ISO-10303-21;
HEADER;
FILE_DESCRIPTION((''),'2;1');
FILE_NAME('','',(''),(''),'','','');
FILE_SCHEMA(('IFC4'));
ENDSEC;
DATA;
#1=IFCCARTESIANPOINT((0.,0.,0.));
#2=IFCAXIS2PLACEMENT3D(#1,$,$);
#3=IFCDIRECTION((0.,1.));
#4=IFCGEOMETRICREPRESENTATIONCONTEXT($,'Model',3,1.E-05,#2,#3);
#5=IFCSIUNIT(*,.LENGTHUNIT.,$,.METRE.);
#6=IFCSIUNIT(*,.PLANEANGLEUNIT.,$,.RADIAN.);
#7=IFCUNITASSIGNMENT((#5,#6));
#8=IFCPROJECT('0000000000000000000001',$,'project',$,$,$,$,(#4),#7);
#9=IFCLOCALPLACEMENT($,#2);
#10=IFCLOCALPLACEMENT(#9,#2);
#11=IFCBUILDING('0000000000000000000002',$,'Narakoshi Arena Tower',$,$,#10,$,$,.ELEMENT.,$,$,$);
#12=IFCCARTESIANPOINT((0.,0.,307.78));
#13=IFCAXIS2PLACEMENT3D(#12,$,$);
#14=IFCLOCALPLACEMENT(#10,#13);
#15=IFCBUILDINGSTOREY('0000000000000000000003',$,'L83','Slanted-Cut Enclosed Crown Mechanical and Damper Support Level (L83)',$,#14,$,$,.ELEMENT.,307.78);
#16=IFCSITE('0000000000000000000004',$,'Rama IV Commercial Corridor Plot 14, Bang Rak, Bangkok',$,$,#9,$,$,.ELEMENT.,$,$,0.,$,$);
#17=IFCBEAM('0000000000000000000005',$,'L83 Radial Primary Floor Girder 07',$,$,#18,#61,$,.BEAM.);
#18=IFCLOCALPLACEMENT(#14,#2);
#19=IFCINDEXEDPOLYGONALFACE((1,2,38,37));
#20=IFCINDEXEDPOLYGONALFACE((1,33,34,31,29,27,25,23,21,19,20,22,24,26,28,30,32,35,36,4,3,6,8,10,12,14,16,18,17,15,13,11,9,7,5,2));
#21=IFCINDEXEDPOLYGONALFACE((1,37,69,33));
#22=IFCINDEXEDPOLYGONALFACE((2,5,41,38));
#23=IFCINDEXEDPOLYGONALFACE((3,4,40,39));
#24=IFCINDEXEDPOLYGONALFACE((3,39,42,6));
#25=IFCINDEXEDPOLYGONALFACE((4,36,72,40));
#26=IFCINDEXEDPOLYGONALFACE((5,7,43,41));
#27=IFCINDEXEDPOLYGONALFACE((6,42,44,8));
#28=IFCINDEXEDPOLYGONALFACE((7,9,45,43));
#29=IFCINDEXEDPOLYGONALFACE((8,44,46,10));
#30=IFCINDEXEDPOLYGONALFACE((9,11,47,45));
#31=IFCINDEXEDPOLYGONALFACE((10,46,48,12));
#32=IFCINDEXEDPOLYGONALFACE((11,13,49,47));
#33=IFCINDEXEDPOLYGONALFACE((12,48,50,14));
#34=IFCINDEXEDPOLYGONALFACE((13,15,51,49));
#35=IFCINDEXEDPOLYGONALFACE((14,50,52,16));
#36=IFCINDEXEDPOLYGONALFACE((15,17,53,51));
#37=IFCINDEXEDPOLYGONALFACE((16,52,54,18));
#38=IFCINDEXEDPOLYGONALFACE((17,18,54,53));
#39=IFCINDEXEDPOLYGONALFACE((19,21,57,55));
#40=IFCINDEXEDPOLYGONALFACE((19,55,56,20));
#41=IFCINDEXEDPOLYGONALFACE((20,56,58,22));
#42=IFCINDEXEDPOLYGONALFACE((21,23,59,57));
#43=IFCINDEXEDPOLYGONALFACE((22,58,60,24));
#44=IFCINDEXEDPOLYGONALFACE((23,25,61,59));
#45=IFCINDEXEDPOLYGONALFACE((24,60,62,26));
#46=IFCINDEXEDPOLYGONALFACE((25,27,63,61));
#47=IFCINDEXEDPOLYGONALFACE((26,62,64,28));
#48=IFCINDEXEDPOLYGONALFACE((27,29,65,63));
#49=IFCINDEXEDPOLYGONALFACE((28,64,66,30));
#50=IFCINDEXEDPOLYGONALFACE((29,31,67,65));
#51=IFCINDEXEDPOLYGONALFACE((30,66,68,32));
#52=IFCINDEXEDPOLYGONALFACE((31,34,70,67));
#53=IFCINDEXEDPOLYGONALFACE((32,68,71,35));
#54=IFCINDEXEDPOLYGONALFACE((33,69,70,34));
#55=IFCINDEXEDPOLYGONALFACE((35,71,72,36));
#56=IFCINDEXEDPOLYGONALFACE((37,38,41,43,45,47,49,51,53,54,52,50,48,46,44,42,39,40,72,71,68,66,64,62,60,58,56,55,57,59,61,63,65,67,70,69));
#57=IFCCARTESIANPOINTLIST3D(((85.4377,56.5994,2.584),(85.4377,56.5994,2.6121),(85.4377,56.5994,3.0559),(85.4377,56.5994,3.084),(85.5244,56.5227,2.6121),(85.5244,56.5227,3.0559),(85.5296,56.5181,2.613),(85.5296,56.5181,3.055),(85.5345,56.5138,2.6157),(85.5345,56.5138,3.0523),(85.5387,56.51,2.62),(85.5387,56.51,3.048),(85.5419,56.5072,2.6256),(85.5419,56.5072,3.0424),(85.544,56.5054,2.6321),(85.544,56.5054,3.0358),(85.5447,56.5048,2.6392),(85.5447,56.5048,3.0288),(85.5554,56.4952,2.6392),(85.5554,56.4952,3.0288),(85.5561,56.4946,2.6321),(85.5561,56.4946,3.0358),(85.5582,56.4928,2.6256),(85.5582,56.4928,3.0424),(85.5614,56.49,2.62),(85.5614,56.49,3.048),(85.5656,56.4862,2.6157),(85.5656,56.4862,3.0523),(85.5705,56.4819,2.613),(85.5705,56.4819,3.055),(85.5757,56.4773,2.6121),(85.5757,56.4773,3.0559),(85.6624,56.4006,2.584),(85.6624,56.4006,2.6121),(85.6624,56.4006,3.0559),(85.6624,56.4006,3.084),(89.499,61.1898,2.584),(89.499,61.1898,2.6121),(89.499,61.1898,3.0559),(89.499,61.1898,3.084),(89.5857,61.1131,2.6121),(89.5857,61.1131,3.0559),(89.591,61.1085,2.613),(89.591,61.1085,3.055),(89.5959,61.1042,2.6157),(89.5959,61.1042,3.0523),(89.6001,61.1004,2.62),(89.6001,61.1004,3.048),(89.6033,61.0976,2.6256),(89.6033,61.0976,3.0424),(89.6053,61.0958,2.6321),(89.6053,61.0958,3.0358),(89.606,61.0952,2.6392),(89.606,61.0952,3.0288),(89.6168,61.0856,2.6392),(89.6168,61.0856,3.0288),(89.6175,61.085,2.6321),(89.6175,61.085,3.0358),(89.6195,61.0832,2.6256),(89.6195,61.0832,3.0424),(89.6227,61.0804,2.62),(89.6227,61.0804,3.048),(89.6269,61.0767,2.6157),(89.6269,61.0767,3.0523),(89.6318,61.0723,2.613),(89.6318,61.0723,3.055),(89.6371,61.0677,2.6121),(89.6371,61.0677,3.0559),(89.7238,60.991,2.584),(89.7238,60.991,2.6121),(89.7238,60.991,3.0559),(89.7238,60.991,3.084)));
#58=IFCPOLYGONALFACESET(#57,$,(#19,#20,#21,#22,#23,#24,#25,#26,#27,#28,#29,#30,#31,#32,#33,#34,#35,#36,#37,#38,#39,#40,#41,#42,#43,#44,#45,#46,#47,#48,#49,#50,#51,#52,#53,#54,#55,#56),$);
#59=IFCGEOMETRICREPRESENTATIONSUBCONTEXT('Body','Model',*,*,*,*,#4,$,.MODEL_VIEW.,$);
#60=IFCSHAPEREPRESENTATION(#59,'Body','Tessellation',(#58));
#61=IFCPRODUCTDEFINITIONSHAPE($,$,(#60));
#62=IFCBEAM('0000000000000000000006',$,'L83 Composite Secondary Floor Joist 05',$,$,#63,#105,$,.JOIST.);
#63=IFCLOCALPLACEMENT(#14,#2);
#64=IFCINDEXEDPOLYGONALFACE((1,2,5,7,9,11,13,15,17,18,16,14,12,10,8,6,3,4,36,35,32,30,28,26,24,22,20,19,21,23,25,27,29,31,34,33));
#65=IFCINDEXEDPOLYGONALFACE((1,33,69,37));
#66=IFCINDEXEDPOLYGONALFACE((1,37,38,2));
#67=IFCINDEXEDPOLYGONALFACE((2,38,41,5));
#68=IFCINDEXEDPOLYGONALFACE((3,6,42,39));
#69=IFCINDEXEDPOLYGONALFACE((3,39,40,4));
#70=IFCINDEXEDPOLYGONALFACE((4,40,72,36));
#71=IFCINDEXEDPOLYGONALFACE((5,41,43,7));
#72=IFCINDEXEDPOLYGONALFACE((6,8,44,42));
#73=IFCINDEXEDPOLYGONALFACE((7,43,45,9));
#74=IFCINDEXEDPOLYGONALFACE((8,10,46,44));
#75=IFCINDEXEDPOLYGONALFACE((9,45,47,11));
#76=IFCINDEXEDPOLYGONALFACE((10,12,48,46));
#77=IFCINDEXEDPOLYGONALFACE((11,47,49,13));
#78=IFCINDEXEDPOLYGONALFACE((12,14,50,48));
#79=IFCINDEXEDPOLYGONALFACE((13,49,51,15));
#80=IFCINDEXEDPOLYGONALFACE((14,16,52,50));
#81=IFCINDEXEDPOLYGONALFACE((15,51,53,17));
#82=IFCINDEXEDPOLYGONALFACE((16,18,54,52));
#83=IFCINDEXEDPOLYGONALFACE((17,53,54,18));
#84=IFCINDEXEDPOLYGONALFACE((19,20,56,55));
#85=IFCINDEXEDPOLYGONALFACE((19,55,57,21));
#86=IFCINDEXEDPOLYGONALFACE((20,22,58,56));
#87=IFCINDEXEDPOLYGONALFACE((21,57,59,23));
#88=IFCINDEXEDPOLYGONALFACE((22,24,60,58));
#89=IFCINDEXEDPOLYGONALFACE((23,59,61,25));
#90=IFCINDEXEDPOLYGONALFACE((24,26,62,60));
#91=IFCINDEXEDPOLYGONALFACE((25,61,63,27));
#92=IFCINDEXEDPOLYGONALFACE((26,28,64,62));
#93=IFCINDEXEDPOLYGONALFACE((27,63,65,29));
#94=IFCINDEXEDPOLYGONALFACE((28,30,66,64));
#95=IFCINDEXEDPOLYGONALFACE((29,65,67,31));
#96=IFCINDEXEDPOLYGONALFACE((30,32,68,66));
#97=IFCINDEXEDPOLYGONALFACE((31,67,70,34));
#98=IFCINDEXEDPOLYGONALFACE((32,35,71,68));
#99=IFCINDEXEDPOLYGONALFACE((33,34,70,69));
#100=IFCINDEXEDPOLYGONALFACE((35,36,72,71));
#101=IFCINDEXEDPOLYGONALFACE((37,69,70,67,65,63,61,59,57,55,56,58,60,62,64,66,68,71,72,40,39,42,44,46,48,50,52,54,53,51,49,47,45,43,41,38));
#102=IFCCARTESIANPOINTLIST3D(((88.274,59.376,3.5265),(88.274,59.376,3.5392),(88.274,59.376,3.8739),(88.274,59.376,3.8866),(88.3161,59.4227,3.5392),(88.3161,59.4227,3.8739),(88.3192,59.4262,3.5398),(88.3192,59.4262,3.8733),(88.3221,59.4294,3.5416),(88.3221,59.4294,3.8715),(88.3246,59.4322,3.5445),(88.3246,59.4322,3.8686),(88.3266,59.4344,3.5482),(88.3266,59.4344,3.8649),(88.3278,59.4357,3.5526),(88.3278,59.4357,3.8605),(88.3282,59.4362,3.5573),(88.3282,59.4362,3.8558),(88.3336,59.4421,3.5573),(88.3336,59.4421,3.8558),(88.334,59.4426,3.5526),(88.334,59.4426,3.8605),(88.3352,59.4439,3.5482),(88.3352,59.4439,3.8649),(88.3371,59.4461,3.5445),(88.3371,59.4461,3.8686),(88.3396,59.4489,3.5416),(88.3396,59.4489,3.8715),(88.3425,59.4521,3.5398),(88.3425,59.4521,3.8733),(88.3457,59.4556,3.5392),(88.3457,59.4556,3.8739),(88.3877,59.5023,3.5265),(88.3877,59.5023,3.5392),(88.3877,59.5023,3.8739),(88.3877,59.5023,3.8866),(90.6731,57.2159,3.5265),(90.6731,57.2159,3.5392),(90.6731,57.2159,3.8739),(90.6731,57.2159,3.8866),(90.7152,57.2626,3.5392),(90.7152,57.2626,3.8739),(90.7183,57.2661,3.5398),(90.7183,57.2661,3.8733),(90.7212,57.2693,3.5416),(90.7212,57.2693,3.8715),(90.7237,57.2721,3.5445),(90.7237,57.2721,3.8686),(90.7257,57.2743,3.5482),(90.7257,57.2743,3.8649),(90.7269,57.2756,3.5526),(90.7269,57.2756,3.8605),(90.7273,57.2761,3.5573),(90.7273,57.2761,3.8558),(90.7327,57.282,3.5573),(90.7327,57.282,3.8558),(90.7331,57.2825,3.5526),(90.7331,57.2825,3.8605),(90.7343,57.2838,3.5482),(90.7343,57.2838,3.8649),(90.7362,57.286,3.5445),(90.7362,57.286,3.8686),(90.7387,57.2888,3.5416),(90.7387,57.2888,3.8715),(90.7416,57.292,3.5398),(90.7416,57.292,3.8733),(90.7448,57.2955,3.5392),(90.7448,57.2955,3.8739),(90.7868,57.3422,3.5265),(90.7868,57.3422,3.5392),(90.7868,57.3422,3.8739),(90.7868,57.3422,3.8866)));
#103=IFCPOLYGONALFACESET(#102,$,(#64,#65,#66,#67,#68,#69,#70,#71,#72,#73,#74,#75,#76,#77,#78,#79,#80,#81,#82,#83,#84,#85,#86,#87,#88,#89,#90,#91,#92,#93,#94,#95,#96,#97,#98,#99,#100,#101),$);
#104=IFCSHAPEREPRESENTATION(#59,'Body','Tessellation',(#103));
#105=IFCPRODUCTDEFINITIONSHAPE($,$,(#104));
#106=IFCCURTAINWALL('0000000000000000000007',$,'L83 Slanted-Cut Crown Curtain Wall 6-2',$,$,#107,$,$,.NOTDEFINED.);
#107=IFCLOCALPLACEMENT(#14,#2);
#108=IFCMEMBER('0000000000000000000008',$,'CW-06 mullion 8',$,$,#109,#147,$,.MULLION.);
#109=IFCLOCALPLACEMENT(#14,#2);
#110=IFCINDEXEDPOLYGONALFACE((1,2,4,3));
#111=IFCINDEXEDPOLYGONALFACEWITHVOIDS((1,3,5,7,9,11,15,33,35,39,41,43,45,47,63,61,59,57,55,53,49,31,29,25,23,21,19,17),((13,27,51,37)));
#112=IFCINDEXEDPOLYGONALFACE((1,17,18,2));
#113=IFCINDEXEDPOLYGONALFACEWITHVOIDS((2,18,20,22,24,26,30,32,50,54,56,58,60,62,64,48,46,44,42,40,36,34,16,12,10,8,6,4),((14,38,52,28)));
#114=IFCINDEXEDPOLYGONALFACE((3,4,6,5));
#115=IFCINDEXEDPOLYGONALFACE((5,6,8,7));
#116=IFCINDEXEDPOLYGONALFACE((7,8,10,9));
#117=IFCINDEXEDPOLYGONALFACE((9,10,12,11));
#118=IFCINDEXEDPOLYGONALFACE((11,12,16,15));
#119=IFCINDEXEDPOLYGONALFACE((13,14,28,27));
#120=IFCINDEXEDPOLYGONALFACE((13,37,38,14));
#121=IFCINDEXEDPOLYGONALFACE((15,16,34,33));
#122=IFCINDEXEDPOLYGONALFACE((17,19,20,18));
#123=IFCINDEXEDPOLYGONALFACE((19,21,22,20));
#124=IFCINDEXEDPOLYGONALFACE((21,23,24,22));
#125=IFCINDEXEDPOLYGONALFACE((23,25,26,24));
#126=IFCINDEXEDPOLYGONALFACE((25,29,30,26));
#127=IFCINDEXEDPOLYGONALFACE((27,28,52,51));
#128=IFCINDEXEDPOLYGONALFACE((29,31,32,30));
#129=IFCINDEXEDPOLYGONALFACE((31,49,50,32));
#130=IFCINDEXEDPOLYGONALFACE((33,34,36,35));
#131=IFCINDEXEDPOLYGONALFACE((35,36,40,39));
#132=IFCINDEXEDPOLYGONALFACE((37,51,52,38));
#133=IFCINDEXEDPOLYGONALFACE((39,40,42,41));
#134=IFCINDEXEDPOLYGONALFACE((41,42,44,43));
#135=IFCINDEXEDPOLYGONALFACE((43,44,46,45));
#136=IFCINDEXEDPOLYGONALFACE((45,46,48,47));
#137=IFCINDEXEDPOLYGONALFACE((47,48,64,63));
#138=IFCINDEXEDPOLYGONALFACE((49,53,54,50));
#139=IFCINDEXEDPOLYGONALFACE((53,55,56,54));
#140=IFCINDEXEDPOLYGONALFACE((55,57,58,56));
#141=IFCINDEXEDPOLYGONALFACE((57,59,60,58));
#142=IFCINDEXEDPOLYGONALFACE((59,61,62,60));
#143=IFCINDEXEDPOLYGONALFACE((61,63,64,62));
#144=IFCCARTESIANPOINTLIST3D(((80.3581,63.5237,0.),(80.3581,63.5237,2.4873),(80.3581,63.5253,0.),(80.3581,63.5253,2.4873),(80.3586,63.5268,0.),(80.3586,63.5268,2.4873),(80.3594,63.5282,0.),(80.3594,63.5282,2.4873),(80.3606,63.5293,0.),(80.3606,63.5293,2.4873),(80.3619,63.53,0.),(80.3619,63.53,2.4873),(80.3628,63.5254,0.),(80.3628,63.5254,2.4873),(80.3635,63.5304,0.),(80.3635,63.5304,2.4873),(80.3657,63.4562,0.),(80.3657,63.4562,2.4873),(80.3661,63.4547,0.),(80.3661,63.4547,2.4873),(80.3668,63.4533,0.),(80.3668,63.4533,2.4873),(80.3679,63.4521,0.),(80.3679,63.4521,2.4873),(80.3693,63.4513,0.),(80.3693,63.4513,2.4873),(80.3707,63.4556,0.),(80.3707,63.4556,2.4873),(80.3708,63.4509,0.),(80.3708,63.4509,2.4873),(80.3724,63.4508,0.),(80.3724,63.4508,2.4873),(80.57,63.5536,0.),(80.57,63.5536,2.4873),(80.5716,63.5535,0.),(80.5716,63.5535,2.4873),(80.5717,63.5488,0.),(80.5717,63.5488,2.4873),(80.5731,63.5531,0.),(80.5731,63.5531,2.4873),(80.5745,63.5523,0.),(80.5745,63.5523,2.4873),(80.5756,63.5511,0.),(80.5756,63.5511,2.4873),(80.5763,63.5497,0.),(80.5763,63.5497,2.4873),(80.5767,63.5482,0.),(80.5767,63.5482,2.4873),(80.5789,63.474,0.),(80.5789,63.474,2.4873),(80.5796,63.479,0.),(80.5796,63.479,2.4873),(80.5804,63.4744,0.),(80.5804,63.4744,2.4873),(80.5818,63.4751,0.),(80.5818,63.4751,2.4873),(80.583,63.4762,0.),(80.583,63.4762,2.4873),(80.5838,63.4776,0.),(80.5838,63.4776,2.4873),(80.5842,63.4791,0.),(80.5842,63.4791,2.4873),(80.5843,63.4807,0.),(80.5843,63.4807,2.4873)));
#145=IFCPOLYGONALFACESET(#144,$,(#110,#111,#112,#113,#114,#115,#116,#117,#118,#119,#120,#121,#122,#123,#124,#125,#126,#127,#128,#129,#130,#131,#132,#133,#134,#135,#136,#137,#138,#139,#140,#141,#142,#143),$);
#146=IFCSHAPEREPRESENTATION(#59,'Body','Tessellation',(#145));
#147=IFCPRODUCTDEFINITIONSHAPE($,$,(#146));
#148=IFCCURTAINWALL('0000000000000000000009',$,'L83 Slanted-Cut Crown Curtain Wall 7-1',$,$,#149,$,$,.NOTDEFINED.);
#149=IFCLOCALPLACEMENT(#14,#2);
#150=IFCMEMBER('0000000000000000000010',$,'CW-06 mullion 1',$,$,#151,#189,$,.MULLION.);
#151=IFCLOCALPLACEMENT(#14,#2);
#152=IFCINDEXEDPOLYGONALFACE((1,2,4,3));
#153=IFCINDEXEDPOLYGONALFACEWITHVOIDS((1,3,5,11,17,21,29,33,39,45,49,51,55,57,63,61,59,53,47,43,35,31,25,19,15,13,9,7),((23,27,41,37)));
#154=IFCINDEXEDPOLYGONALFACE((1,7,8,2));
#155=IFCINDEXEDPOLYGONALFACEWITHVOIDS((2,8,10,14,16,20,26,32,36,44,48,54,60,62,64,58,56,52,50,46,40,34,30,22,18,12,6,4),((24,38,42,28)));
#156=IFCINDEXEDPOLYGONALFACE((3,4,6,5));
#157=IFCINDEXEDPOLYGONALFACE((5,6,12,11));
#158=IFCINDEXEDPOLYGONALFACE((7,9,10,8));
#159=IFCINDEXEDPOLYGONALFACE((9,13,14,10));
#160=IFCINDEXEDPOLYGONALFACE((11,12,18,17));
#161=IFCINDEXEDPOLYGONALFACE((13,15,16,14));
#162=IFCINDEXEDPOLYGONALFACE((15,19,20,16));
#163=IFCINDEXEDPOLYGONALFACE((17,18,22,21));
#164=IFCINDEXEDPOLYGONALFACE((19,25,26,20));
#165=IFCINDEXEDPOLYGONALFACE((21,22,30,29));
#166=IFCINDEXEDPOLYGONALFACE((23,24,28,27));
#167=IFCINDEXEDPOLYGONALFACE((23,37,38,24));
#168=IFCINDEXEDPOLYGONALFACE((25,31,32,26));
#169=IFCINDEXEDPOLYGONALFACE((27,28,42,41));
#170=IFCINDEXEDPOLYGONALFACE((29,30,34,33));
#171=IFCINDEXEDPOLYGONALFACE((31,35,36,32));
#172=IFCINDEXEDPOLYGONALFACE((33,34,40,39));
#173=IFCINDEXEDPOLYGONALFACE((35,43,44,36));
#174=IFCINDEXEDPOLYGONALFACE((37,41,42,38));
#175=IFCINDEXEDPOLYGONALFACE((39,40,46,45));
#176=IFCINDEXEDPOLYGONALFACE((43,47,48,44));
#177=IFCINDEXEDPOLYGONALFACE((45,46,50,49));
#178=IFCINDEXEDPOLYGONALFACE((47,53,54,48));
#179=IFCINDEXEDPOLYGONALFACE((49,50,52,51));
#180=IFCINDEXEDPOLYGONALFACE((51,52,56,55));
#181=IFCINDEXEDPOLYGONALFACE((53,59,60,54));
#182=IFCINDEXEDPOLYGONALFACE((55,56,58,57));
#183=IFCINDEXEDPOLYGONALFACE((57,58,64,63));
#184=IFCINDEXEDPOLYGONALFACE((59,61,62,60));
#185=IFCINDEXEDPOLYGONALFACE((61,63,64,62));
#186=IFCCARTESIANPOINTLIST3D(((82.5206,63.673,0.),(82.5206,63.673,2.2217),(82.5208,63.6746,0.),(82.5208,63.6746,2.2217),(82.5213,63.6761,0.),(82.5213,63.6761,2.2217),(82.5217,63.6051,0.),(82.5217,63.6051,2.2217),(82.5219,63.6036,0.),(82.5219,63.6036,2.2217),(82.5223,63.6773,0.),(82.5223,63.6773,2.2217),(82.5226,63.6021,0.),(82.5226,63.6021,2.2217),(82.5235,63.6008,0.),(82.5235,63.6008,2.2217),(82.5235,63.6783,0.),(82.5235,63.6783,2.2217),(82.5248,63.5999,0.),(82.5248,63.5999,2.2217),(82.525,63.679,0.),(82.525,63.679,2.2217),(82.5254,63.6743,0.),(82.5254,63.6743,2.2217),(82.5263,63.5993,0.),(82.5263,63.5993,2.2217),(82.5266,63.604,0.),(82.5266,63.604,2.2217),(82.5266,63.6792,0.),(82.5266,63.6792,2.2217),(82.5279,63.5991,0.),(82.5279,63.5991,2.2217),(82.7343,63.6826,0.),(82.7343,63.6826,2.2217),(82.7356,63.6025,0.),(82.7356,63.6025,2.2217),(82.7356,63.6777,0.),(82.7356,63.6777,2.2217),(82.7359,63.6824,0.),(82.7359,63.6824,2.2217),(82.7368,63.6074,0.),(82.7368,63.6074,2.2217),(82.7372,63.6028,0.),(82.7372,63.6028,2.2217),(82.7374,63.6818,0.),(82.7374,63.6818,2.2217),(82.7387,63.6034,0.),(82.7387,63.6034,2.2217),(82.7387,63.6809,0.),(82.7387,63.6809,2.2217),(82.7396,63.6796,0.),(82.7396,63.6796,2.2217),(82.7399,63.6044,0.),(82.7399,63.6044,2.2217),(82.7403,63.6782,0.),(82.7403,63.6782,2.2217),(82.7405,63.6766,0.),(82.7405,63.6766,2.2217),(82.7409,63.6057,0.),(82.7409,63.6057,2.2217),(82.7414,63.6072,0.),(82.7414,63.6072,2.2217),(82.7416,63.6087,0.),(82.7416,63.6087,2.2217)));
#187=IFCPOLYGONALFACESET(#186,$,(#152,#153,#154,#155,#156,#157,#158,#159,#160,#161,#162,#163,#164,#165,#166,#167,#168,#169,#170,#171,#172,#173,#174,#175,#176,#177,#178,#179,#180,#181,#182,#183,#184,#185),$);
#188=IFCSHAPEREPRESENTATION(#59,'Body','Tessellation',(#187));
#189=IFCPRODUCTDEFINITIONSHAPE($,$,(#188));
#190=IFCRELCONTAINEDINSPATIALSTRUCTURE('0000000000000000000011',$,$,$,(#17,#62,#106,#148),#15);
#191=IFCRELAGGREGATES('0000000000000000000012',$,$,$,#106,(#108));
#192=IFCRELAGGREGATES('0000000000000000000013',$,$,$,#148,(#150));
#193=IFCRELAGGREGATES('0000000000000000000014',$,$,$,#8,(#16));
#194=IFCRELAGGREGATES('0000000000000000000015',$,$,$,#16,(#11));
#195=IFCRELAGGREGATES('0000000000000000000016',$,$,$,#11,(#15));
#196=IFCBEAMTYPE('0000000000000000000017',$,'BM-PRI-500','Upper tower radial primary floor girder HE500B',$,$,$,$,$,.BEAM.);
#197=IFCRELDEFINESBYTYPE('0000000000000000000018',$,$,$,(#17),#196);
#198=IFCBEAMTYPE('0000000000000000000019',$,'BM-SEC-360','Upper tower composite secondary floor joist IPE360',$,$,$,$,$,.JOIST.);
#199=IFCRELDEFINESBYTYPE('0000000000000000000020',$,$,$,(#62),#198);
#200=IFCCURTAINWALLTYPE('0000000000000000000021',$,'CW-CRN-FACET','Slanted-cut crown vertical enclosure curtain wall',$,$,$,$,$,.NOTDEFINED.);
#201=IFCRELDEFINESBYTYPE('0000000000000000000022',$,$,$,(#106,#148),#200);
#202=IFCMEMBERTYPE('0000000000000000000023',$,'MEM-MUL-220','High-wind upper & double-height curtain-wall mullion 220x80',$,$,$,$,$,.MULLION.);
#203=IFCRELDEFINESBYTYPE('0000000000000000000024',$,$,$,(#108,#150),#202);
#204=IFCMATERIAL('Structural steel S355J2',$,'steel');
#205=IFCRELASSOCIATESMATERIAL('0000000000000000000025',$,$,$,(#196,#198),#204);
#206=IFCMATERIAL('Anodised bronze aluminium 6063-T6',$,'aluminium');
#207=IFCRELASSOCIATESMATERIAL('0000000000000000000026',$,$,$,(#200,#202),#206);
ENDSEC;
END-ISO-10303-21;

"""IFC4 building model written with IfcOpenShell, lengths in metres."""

from ifc_helpers import new_model, si_unit, direction, frame, origin, origin_2d, place, context, subcontext, project, spatial, hollow_rectangle, i_section, extrude, material, material_profile, profile_set, type_object, element, aggregate, save


model = new_model("IFC4")

# Units and contexts
model_context = context("Model", 3, precision=1e-05, world=origin(), true_north=direction((0.0, 1.0)))
body_context = subcontext(model_context, "Body", "Model", "MODEL_VIEW")
ifc_project = project(units=[si_unit("LENGTHUNIT", "METRE"), si_unit("PLANEANGLEUNIT", "RADIAN")], contexts=[model_context])

# Site, building, storey
site_placement = place(None, origin())
site = spatial("IfcSite", under=ifc_project, at=site_placement, Name="Rama IV Commercial Corridor Plot 14, Bang Rak, Bangkok", CompositionType="ELEMENT", RefElevation=0.0)
building_placement = place(site_placement, origin())
building = spatial("IfcBuilding", under=site, at=building_placement, Name="Narakoshi Arena Tower", CompositionType="ELEMENT")
storey_placement = place(building_placement, frame((0.0, 0.0, 307.78)))
storey = spatial("IfcBuildingStorey", under=building, at=storey_placement, Name="L83", Description="Slanted-Cut Enclosed Crown Mechanical and Damper Support Level (L83)", CompositionType="ELEMENT", Elevation=307.78)

# Shared definitions
ifc_material_1 = material(Name="Structural steel S355J2", Category="steel")

# Beams
ifc_material_profile_1 = material_profile(ifc_material_1, i_section(OverallWidth=0.3, OverallDepth=0.5, WebThickness=0.0144, FlangeThickness=0.0281, FilletRadius=0.0271, at=origin_2d()), Name="HE500B")
ifc_profile_set_1 = profile_set([ifc_material_profile_1], Name="Structural steel S355J2")
beam_type_1 = type_object("IfcBeamType", Name="BM-PRI-500", Description="Upper tower radial primary floor girder HE500B", PredefinedType="BEAM", material=ifc_profile_set_1)
beam_1_placement = place(storey_placement, frame((85.55, 56.5, 2.834), z_axis=(0.662629, 0.748948, 0.0), x_axis=(-0.748948, 0.662629, 0.0)))
element("IfcBeam", 1, at=beam_1_placement, inside=storey, type_object=beam_type_1, Name="L83 Radial Primary Floor Girder 07", PredefinedType="BEAM", context=body_context, shape_type="SweptSolid", body=[
    extrude(i_section(OverallWidth=0.3, OverallDepth=0.5, WebThickness=0.0144, FlangeThickness=0.0281, FilletRadius=0.0271, at=origin_2d()), origin(), (0.0, 0.0, 1.0), 6.1292),
])
ifc_material_profile_2 = material_profile(ifc_material_1, i_section(OverallWidth=0.1699, OverallDepth=0.3601, WebThickness=0.0081, FlangeThickness=0.0127, FilletRadius=0.0181, at=origin_2d()), Name="IPE360")
ifc_profile_set_2 = profile_set([ifc_material_profile_2], Name="Structural steel S355J2")
beam_type_2 = type_object("IfcBeamType", Name="BM-SEC-360", Description="Upper tower composite secondary floor joist IPE360", PredefinedType="JOIST", material=ifc_profile_set_2)
beam_2_placement = place(storey_placement, frame((90.73, 57.2791, 3.7065), z_axis=(-0.743155, 0.669119, 0.0), x_axis=(-0.669119, -0.743155, 0.0)))
element("IfcBeam", 2, at=beam_2_placement, inside=storey, type_object=beam_type_2, Name="L83 Composite Secondary Floor Joist 05", PredefinedType="JOIST", context=body_context, shape_type="SweptSolid", body=[
    extrude(i_section(OverallWidth=0.1699, OverallDepth=0.3601, WebThickness=0.0081, FlangeThickness=0.0127, FilletRadius=0.0181, at=origin_2d()), origin(), (0.0, 0.0, 1.0), 3.2283),
])

# Curtain wall, member
ifc_material_2 = material(Name="Anodised bronze aluminium 6063-T6", Category="aluminium")
curtain_wall_type = type_object("IfcCurtainWallType", Name="CW-CRN-FACET", Description="Slanted-cut crown vertical enclosure curtain wall", PredefinedType="NOTDEFINED", material=ifc_material_2)
curtain_wall_1_placement = place(storey_placement, origin())
curtain_wall_1 = element("IfcCurtainWall", 3, at=curtain_wall_1_placement, inside=storey, type_object=curtain_wall_type, Name="L83 Slanted-Cut Crown Curtain Wall 6-2", PredefinedType="NOTDEFINED")
ifc_material_profile_3 = material_profile(ifc_material_2, hollow_rectangle(XDim=0.0801, YDim=0.22, WallThickness=0.0049, OuterFilletRadius=0.0061, at=origin_2d()), Name="MUL220x80x5")
ifc_profile_set_3 = profile_set([ifc_material_profile_3], Name="Anodised bronze aluminium 6063-T6")
member_type_1 = type_object("IfcMemberType", Name="MEM-MUL-220", Description="High-wind upper & double-height curtain-wall mullion 220x80", PredefinedType="MULLION", material=ifc_profile_set_3)
member_1_placement = place(storey_placement, frame((80.4712, 63.5022, 0.0), z_axis=(0.0, 0.0, 1.0), x_axis=(-0.111395, 0.993776, 0.0)))
member_1 = element("IfcMember", 4, at=member_1_placement, type_object=member_type_1, Name="CW-06 mullion 8", PredefinedType="MULLION", context=body_context, shape_type="SweptSolid", body=[
    extrude(hollow_rectangle(XDim=0.0801, YDim=0.22, WallThickness=0.0049, OuterFilletRadius=0.0061, at=origin_2d()), origin(), (0.0, 0.0, 1.0), 2.4873),
])

# Curtain wall, member
curtain_wall_2_placement = place(storey_placement, origin())
curtain_wall_2 = element("IfcCurtainWall", 5, at=curtain_wall_2_placement, inside=storey, type_object=curtain_wall_type, Name="L83 Slanted-Cut Crown Curtain Wall 7-1", PredefinedType="NOTDEFINED")
member_2_placement = place(storey_placement, frame((82.6311, 63.6409, 0.0), z_axis=(0.0, 0.0, 1.0), x_axis=(-0.016431, 0.999865, 0.0)))
member_2 = element("IfcMember", 6, at=member_2_placement, type_object=member_type_1, Name="CW-06 mullion 1", PredefinedType="MULLION", context=body_context, shape_type="SweptSolid", body=[
    extrude(hollow_rectangle(XDim=0.0801, YDim=0.22, WallThickness=0.0049, OuterFilletRadius=0.0061, at=origin_2d()), origin(), (0.0, 0.0, 1.0), 2.2217),
])

aggregate(curtain_wall_1, [member_1])
aggregate(curtain_wall_2, [member_2])

save(model, "model.ifc")
